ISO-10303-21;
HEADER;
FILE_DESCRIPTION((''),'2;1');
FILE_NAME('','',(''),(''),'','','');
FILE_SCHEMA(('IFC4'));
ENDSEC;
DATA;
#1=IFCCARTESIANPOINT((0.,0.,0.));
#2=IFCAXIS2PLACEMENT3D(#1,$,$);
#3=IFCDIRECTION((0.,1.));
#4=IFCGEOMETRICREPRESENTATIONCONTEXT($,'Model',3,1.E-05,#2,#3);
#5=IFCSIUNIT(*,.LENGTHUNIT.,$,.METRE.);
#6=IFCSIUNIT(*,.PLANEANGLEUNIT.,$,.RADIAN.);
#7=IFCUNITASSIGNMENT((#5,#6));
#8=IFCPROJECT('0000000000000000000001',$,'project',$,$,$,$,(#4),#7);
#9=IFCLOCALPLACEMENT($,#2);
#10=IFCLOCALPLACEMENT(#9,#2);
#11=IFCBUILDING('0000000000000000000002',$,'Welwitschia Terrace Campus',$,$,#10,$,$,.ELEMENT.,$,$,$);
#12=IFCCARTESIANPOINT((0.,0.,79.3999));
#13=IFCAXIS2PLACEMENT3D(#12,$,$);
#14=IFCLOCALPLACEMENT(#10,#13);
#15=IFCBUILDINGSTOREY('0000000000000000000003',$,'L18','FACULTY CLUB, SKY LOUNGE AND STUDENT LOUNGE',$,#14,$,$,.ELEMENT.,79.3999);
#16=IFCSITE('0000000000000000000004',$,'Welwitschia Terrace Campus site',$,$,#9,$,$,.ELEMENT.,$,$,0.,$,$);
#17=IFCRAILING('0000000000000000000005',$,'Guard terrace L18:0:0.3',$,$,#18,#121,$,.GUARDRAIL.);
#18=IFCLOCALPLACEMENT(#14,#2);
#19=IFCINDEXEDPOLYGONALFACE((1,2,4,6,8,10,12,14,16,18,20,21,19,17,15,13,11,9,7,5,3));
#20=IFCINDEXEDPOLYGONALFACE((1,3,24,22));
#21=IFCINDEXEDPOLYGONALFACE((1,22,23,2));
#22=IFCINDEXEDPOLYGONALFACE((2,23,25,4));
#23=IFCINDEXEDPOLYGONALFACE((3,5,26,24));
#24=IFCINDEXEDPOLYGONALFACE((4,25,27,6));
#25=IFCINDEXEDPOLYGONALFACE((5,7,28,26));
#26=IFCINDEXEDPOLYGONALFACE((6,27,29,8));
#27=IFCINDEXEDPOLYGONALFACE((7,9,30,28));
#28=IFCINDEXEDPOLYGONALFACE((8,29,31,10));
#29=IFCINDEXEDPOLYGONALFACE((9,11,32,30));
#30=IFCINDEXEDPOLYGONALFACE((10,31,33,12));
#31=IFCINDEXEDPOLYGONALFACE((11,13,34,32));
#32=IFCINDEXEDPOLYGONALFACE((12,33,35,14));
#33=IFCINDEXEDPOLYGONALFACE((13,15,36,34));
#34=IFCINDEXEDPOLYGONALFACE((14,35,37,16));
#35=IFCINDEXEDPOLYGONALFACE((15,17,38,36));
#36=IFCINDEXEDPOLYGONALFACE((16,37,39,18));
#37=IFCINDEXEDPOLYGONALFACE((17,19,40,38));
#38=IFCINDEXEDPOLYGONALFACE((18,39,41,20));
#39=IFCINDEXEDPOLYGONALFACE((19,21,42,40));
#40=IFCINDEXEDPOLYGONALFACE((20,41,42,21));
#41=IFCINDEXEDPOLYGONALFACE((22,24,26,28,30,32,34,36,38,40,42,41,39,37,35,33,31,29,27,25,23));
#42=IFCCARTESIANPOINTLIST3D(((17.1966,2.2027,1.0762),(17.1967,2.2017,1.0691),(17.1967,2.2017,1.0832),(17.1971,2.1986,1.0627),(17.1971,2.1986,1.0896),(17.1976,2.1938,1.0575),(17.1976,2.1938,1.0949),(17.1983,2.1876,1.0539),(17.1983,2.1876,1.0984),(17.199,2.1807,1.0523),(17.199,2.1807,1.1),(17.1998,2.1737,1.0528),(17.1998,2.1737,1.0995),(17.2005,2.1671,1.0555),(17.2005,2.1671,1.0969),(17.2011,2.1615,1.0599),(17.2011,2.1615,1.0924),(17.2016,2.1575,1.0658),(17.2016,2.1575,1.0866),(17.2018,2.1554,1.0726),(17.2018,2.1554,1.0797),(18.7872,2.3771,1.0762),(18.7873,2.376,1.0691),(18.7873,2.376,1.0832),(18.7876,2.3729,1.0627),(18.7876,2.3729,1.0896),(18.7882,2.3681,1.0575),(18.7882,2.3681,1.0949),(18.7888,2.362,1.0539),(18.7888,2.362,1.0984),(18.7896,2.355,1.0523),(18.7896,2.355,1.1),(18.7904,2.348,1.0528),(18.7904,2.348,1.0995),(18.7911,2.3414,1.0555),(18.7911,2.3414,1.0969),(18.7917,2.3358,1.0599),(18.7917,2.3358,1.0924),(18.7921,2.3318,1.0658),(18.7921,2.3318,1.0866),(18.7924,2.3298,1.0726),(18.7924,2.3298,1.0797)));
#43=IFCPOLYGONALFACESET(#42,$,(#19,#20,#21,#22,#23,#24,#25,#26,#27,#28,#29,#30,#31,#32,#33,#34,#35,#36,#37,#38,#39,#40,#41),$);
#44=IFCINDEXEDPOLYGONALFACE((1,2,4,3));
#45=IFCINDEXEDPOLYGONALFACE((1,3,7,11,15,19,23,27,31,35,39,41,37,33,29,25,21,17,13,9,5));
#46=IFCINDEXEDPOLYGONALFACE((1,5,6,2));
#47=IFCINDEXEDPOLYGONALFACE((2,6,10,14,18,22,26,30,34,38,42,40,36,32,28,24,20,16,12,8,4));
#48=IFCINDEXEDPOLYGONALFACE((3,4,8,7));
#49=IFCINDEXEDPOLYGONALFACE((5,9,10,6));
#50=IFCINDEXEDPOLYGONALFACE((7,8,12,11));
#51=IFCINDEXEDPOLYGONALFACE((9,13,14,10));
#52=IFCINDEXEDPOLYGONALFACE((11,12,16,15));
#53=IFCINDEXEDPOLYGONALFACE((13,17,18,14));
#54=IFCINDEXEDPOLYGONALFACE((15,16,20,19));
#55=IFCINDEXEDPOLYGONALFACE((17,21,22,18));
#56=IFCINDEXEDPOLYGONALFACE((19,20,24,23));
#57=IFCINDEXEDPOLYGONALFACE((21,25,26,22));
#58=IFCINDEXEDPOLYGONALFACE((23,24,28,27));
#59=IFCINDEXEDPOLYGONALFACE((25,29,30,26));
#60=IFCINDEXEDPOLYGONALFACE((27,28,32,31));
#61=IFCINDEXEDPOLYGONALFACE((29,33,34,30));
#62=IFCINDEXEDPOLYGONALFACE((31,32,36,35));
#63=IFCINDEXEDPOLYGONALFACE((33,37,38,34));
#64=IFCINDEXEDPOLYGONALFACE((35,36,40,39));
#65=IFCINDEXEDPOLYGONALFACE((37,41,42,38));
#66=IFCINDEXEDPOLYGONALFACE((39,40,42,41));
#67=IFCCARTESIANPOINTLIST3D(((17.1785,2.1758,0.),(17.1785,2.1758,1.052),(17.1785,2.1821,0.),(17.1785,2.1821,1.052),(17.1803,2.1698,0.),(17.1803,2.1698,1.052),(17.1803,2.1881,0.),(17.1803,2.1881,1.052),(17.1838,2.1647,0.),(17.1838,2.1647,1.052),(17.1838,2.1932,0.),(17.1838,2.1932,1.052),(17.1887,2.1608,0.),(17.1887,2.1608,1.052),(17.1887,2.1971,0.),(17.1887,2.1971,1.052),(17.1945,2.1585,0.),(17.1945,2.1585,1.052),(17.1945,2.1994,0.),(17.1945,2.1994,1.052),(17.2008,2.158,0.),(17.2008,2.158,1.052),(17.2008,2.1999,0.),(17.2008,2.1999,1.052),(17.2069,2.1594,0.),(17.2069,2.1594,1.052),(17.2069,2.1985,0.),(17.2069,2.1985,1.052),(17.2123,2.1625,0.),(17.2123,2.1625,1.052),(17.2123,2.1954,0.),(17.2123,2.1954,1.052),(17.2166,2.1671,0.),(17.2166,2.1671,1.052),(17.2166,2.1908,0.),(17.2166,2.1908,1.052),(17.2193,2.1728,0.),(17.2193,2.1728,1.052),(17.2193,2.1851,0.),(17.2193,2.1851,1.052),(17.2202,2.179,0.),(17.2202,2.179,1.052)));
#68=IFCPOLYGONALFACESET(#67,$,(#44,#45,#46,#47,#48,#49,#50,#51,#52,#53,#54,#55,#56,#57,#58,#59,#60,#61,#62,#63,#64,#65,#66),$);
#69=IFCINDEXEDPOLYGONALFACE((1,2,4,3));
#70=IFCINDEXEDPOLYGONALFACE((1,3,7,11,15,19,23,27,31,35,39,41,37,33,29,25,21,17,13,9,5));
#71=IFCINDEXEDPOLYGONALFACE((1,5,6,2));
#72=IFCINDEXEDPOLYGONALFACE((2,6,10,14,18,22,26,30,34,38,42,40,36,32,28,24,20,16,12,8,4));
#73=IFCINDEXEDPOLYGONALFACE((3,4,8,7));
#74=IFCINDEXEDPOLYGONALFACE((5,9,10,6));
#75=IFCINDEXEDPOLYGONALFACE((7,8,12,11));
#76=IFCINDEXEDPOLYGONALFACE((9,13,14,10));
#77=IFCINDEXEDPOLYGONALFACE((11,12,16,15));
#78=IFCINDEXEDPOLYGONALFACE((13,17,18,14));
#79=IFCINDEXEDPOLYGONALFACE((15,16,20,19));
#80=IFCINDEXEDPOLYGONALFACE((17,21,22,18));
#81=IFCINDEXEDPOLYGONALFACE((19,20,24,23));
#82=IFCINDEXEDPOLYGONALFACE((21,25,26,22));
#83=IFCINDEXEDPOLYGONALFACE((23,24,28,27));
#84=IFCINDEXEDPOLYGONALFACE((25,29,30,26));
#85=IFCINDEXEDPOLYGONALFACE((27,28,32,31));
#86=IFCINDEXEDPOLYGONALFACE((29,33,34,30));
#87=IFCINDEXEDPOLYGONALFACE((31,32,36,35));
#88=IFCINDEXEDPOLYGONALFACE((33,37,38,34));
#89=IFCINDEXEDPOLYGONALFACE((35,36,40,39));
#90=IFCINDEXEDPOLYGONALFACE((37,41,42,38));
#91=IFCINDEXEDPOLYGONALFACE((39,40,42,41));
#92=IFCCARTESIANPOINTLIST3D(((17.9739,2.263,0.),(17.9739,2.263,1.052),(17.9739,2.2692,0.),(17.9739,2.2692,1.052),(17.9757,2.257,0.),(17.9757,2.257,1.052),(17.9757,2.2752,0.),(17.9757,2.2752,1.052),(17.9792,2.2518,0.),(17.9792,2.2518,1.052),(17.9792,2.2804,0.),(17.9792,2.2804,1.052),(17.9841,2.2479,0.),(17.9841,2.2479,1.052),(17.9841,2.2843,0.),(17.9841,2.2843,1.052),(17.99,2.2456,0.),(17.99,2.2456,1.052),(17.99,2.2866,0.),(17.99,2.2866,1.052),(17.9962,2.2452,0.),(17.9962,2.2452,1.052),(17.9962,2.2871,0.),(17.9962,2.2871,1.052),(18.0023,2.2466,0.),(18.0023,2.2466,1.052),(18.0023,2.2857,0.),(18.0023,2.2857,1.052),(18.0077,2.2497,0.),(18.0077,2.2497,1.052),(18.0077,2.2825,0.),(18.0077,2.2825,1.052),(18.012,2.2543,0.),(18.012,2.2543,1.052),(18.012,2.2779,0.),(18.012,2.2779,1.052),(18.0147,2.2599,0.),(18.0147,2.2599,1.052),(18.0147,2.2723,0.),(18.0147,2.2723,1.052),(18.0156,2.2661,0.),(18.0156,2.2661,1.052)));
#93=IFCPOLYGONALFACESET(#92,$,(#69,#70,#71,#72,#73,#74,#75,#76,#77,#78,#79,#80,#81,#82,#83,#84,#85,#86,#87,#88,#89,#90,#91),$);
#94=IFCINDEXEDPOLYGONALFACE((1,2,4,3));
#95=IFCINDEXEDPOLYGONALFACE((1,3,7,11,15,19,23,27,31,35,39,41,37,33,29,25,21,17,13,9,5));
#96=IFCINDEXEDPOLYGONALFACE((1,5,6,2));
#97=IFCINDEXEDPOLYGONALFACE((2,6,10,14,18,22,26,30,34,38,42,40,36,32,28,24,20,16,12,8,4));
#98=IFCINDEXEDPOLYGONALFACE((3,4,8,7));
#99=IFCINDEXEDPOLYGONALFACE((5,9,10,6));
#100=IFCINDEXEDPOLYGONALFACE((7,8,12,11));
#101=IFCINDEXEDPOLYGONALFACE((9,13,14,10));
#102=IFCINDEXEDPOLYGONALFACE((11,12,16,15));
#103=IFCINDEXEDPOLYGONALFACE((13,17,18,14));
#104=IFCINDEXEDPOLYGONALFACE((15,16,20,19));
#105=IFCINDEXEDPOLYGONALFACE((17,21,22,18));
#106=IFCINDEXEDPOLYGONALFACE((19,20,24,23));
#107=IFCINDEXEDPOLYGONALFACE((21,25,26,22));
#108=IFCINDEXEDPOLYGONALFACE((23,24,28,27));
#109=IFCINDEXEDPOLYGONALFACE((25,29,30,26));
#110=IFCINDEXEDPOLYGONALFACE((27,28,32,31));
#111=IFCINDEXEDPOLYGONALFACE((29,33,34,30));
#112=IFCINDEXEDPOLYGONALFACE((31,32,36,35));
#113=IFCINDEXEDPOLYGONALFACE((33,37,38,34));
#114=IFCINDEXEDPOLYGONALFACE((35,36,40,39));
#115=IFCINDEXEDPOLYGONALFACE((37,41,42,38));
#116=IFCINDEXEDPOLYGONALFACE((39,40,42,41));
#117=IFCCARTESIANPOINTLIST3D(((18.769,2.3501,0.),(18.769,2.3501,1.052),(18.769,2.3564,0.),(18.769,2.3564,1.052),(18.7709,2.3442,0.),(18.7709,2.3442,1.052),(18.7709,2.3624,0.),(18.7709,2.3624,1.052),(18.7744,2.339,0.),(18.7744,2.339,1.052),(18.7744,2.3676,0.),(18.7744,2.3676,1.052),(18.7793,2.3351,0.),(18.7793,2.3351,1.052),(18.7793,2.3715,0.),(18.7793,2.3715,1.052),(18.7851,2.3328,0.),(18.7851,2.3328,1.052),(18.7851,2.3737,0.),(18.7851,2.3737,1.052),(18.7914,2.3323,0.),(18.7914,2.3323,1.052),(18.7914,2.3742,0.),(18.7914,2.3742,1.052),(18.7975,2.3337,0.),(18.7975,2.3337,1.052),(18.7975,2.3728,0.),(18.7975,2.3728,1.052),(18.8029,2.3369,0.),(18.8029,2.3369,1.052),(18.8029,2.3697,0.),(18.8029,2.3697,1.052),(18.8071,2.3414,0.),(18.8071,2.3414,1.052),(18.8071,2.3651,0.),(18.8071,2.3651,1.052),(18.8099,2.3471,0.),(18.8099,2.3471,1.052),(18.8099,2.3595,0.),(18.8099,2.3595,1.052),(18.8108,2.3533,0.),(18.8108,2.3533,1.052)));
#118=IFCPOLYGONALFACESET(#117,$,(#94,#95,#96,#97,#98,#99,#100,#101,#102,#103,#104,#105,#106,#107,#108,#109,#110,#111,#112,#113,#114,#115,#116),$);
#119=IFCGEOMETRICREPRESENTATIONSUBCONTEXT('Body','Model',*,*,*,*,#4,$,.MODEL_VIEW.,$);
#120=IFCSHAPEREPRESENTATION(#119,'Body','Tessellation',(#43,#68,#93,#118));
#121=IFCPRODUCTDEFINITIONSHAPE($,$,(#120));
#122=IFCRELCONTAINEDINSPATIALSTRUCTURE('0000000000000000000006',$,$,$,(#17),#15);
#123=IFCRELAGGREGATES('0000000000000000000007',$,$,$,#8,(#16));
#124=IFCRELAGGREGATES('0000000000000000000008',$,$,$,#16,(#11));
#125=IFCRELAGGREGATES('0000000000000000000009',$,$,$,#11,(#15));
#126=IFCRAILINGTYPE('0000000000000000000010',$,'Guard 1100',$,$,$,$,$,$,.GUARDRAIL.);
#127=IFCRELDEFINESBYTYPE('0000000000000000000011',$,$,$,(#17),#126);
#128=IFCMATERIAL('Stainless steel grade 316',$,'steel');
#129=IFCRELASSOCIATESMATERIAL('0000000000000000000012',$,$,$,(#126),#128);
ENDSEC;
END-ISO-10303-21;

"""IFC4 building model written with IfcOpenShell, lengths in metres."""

from ifc_helpers import new_model, si_unit, direction, frame, origin, origin_2d, place, context, subcontext, project, spatial, circle, extrude, material, type_object, element, save


model = new_model("IFC4")

# Units and contexts
model_context = context("Model", 3, precision=1e-05, world=origin(), true_north=direction((0.0, 1.0)))
body_context = subcontext(model_context, "Body", "Model", "MODEL_VIEW")
ifc_project = project(units=[si_unit("LENGTHUNIT", "METRE"), si_unit("PLANEANGLEUNIT", "RADIAN")], contexts=[model_context])

# Site, building, storey
site_placement = place(None, origin())
site = spatial("IfcSite", under=ifc_project, at=site_placement, Name="Welwitschia Terrace Campus site", CompositionType="ELEMENT", RefElevation=0.0)
building_placement = place(site_placement, origin())
building = spatial("IfcBuilding", under=site, at=building_placement, Name="Welwitschia Terrace Campus", CompositionType="ELEMENT")
storey_placement = place(building_placement, frame((0.0, 0.0, 79.3999)))
storey = spatial("IfcBuildingStorey", under=building, at=storey_placement, Name="L18", Description="FACULTY CLUB, SKY LOUNGE AND STUDENT LOUNGE", CompositionType="ELEMENT", Elevation=79.3999)

# Railing
ifc_material_1 = material(Name="Stainless steel grade 316", Category="steel")
railing_type = type_object("IfcRailingType", Name="Guard 1100", PredefinedType="GUARDRAIL", material=ifc_material_1)
railing_1_placement = place(storey_placement, frame((17.1992, 2.179, 0.0)))
element("IfcRailing", 1, at=railing_1_placement, inside=storey, type_object=railing_type, Name="Guard terrace L18:0:0.3", PredefinedType="GUARDRAIL", context=body_context, shape_type="SweptSolid", body=[
    extrude(circle(Radius=0.0239, at=origin_2d()), frame((0.0, 0.0, 1.0762), z_axis=(0.994048, 0.108941, 0.0), x_axis=(-0.108941, 0.994048, 0.0)), (0.0, 0.0, 1.0), 1.6001),
    extrude(circle(Radius=0.021, at=origin_2d()), origin(), (0.0, 0.0, 1.0), 1.052),
    extrude(circle(Radius=0.021, at=origin_2d()), frame((0.7954, 0.0872, 0.0)), (0.0, 0.0, 1.0), 1.052),
    extrude(circle(Radius=0.021, at=origin_2d()), frame((1.5906, 0.1743, 0.0)), (0.0, 0.0, 1.0), 1.052),
])

save(model, "model.ifc")
